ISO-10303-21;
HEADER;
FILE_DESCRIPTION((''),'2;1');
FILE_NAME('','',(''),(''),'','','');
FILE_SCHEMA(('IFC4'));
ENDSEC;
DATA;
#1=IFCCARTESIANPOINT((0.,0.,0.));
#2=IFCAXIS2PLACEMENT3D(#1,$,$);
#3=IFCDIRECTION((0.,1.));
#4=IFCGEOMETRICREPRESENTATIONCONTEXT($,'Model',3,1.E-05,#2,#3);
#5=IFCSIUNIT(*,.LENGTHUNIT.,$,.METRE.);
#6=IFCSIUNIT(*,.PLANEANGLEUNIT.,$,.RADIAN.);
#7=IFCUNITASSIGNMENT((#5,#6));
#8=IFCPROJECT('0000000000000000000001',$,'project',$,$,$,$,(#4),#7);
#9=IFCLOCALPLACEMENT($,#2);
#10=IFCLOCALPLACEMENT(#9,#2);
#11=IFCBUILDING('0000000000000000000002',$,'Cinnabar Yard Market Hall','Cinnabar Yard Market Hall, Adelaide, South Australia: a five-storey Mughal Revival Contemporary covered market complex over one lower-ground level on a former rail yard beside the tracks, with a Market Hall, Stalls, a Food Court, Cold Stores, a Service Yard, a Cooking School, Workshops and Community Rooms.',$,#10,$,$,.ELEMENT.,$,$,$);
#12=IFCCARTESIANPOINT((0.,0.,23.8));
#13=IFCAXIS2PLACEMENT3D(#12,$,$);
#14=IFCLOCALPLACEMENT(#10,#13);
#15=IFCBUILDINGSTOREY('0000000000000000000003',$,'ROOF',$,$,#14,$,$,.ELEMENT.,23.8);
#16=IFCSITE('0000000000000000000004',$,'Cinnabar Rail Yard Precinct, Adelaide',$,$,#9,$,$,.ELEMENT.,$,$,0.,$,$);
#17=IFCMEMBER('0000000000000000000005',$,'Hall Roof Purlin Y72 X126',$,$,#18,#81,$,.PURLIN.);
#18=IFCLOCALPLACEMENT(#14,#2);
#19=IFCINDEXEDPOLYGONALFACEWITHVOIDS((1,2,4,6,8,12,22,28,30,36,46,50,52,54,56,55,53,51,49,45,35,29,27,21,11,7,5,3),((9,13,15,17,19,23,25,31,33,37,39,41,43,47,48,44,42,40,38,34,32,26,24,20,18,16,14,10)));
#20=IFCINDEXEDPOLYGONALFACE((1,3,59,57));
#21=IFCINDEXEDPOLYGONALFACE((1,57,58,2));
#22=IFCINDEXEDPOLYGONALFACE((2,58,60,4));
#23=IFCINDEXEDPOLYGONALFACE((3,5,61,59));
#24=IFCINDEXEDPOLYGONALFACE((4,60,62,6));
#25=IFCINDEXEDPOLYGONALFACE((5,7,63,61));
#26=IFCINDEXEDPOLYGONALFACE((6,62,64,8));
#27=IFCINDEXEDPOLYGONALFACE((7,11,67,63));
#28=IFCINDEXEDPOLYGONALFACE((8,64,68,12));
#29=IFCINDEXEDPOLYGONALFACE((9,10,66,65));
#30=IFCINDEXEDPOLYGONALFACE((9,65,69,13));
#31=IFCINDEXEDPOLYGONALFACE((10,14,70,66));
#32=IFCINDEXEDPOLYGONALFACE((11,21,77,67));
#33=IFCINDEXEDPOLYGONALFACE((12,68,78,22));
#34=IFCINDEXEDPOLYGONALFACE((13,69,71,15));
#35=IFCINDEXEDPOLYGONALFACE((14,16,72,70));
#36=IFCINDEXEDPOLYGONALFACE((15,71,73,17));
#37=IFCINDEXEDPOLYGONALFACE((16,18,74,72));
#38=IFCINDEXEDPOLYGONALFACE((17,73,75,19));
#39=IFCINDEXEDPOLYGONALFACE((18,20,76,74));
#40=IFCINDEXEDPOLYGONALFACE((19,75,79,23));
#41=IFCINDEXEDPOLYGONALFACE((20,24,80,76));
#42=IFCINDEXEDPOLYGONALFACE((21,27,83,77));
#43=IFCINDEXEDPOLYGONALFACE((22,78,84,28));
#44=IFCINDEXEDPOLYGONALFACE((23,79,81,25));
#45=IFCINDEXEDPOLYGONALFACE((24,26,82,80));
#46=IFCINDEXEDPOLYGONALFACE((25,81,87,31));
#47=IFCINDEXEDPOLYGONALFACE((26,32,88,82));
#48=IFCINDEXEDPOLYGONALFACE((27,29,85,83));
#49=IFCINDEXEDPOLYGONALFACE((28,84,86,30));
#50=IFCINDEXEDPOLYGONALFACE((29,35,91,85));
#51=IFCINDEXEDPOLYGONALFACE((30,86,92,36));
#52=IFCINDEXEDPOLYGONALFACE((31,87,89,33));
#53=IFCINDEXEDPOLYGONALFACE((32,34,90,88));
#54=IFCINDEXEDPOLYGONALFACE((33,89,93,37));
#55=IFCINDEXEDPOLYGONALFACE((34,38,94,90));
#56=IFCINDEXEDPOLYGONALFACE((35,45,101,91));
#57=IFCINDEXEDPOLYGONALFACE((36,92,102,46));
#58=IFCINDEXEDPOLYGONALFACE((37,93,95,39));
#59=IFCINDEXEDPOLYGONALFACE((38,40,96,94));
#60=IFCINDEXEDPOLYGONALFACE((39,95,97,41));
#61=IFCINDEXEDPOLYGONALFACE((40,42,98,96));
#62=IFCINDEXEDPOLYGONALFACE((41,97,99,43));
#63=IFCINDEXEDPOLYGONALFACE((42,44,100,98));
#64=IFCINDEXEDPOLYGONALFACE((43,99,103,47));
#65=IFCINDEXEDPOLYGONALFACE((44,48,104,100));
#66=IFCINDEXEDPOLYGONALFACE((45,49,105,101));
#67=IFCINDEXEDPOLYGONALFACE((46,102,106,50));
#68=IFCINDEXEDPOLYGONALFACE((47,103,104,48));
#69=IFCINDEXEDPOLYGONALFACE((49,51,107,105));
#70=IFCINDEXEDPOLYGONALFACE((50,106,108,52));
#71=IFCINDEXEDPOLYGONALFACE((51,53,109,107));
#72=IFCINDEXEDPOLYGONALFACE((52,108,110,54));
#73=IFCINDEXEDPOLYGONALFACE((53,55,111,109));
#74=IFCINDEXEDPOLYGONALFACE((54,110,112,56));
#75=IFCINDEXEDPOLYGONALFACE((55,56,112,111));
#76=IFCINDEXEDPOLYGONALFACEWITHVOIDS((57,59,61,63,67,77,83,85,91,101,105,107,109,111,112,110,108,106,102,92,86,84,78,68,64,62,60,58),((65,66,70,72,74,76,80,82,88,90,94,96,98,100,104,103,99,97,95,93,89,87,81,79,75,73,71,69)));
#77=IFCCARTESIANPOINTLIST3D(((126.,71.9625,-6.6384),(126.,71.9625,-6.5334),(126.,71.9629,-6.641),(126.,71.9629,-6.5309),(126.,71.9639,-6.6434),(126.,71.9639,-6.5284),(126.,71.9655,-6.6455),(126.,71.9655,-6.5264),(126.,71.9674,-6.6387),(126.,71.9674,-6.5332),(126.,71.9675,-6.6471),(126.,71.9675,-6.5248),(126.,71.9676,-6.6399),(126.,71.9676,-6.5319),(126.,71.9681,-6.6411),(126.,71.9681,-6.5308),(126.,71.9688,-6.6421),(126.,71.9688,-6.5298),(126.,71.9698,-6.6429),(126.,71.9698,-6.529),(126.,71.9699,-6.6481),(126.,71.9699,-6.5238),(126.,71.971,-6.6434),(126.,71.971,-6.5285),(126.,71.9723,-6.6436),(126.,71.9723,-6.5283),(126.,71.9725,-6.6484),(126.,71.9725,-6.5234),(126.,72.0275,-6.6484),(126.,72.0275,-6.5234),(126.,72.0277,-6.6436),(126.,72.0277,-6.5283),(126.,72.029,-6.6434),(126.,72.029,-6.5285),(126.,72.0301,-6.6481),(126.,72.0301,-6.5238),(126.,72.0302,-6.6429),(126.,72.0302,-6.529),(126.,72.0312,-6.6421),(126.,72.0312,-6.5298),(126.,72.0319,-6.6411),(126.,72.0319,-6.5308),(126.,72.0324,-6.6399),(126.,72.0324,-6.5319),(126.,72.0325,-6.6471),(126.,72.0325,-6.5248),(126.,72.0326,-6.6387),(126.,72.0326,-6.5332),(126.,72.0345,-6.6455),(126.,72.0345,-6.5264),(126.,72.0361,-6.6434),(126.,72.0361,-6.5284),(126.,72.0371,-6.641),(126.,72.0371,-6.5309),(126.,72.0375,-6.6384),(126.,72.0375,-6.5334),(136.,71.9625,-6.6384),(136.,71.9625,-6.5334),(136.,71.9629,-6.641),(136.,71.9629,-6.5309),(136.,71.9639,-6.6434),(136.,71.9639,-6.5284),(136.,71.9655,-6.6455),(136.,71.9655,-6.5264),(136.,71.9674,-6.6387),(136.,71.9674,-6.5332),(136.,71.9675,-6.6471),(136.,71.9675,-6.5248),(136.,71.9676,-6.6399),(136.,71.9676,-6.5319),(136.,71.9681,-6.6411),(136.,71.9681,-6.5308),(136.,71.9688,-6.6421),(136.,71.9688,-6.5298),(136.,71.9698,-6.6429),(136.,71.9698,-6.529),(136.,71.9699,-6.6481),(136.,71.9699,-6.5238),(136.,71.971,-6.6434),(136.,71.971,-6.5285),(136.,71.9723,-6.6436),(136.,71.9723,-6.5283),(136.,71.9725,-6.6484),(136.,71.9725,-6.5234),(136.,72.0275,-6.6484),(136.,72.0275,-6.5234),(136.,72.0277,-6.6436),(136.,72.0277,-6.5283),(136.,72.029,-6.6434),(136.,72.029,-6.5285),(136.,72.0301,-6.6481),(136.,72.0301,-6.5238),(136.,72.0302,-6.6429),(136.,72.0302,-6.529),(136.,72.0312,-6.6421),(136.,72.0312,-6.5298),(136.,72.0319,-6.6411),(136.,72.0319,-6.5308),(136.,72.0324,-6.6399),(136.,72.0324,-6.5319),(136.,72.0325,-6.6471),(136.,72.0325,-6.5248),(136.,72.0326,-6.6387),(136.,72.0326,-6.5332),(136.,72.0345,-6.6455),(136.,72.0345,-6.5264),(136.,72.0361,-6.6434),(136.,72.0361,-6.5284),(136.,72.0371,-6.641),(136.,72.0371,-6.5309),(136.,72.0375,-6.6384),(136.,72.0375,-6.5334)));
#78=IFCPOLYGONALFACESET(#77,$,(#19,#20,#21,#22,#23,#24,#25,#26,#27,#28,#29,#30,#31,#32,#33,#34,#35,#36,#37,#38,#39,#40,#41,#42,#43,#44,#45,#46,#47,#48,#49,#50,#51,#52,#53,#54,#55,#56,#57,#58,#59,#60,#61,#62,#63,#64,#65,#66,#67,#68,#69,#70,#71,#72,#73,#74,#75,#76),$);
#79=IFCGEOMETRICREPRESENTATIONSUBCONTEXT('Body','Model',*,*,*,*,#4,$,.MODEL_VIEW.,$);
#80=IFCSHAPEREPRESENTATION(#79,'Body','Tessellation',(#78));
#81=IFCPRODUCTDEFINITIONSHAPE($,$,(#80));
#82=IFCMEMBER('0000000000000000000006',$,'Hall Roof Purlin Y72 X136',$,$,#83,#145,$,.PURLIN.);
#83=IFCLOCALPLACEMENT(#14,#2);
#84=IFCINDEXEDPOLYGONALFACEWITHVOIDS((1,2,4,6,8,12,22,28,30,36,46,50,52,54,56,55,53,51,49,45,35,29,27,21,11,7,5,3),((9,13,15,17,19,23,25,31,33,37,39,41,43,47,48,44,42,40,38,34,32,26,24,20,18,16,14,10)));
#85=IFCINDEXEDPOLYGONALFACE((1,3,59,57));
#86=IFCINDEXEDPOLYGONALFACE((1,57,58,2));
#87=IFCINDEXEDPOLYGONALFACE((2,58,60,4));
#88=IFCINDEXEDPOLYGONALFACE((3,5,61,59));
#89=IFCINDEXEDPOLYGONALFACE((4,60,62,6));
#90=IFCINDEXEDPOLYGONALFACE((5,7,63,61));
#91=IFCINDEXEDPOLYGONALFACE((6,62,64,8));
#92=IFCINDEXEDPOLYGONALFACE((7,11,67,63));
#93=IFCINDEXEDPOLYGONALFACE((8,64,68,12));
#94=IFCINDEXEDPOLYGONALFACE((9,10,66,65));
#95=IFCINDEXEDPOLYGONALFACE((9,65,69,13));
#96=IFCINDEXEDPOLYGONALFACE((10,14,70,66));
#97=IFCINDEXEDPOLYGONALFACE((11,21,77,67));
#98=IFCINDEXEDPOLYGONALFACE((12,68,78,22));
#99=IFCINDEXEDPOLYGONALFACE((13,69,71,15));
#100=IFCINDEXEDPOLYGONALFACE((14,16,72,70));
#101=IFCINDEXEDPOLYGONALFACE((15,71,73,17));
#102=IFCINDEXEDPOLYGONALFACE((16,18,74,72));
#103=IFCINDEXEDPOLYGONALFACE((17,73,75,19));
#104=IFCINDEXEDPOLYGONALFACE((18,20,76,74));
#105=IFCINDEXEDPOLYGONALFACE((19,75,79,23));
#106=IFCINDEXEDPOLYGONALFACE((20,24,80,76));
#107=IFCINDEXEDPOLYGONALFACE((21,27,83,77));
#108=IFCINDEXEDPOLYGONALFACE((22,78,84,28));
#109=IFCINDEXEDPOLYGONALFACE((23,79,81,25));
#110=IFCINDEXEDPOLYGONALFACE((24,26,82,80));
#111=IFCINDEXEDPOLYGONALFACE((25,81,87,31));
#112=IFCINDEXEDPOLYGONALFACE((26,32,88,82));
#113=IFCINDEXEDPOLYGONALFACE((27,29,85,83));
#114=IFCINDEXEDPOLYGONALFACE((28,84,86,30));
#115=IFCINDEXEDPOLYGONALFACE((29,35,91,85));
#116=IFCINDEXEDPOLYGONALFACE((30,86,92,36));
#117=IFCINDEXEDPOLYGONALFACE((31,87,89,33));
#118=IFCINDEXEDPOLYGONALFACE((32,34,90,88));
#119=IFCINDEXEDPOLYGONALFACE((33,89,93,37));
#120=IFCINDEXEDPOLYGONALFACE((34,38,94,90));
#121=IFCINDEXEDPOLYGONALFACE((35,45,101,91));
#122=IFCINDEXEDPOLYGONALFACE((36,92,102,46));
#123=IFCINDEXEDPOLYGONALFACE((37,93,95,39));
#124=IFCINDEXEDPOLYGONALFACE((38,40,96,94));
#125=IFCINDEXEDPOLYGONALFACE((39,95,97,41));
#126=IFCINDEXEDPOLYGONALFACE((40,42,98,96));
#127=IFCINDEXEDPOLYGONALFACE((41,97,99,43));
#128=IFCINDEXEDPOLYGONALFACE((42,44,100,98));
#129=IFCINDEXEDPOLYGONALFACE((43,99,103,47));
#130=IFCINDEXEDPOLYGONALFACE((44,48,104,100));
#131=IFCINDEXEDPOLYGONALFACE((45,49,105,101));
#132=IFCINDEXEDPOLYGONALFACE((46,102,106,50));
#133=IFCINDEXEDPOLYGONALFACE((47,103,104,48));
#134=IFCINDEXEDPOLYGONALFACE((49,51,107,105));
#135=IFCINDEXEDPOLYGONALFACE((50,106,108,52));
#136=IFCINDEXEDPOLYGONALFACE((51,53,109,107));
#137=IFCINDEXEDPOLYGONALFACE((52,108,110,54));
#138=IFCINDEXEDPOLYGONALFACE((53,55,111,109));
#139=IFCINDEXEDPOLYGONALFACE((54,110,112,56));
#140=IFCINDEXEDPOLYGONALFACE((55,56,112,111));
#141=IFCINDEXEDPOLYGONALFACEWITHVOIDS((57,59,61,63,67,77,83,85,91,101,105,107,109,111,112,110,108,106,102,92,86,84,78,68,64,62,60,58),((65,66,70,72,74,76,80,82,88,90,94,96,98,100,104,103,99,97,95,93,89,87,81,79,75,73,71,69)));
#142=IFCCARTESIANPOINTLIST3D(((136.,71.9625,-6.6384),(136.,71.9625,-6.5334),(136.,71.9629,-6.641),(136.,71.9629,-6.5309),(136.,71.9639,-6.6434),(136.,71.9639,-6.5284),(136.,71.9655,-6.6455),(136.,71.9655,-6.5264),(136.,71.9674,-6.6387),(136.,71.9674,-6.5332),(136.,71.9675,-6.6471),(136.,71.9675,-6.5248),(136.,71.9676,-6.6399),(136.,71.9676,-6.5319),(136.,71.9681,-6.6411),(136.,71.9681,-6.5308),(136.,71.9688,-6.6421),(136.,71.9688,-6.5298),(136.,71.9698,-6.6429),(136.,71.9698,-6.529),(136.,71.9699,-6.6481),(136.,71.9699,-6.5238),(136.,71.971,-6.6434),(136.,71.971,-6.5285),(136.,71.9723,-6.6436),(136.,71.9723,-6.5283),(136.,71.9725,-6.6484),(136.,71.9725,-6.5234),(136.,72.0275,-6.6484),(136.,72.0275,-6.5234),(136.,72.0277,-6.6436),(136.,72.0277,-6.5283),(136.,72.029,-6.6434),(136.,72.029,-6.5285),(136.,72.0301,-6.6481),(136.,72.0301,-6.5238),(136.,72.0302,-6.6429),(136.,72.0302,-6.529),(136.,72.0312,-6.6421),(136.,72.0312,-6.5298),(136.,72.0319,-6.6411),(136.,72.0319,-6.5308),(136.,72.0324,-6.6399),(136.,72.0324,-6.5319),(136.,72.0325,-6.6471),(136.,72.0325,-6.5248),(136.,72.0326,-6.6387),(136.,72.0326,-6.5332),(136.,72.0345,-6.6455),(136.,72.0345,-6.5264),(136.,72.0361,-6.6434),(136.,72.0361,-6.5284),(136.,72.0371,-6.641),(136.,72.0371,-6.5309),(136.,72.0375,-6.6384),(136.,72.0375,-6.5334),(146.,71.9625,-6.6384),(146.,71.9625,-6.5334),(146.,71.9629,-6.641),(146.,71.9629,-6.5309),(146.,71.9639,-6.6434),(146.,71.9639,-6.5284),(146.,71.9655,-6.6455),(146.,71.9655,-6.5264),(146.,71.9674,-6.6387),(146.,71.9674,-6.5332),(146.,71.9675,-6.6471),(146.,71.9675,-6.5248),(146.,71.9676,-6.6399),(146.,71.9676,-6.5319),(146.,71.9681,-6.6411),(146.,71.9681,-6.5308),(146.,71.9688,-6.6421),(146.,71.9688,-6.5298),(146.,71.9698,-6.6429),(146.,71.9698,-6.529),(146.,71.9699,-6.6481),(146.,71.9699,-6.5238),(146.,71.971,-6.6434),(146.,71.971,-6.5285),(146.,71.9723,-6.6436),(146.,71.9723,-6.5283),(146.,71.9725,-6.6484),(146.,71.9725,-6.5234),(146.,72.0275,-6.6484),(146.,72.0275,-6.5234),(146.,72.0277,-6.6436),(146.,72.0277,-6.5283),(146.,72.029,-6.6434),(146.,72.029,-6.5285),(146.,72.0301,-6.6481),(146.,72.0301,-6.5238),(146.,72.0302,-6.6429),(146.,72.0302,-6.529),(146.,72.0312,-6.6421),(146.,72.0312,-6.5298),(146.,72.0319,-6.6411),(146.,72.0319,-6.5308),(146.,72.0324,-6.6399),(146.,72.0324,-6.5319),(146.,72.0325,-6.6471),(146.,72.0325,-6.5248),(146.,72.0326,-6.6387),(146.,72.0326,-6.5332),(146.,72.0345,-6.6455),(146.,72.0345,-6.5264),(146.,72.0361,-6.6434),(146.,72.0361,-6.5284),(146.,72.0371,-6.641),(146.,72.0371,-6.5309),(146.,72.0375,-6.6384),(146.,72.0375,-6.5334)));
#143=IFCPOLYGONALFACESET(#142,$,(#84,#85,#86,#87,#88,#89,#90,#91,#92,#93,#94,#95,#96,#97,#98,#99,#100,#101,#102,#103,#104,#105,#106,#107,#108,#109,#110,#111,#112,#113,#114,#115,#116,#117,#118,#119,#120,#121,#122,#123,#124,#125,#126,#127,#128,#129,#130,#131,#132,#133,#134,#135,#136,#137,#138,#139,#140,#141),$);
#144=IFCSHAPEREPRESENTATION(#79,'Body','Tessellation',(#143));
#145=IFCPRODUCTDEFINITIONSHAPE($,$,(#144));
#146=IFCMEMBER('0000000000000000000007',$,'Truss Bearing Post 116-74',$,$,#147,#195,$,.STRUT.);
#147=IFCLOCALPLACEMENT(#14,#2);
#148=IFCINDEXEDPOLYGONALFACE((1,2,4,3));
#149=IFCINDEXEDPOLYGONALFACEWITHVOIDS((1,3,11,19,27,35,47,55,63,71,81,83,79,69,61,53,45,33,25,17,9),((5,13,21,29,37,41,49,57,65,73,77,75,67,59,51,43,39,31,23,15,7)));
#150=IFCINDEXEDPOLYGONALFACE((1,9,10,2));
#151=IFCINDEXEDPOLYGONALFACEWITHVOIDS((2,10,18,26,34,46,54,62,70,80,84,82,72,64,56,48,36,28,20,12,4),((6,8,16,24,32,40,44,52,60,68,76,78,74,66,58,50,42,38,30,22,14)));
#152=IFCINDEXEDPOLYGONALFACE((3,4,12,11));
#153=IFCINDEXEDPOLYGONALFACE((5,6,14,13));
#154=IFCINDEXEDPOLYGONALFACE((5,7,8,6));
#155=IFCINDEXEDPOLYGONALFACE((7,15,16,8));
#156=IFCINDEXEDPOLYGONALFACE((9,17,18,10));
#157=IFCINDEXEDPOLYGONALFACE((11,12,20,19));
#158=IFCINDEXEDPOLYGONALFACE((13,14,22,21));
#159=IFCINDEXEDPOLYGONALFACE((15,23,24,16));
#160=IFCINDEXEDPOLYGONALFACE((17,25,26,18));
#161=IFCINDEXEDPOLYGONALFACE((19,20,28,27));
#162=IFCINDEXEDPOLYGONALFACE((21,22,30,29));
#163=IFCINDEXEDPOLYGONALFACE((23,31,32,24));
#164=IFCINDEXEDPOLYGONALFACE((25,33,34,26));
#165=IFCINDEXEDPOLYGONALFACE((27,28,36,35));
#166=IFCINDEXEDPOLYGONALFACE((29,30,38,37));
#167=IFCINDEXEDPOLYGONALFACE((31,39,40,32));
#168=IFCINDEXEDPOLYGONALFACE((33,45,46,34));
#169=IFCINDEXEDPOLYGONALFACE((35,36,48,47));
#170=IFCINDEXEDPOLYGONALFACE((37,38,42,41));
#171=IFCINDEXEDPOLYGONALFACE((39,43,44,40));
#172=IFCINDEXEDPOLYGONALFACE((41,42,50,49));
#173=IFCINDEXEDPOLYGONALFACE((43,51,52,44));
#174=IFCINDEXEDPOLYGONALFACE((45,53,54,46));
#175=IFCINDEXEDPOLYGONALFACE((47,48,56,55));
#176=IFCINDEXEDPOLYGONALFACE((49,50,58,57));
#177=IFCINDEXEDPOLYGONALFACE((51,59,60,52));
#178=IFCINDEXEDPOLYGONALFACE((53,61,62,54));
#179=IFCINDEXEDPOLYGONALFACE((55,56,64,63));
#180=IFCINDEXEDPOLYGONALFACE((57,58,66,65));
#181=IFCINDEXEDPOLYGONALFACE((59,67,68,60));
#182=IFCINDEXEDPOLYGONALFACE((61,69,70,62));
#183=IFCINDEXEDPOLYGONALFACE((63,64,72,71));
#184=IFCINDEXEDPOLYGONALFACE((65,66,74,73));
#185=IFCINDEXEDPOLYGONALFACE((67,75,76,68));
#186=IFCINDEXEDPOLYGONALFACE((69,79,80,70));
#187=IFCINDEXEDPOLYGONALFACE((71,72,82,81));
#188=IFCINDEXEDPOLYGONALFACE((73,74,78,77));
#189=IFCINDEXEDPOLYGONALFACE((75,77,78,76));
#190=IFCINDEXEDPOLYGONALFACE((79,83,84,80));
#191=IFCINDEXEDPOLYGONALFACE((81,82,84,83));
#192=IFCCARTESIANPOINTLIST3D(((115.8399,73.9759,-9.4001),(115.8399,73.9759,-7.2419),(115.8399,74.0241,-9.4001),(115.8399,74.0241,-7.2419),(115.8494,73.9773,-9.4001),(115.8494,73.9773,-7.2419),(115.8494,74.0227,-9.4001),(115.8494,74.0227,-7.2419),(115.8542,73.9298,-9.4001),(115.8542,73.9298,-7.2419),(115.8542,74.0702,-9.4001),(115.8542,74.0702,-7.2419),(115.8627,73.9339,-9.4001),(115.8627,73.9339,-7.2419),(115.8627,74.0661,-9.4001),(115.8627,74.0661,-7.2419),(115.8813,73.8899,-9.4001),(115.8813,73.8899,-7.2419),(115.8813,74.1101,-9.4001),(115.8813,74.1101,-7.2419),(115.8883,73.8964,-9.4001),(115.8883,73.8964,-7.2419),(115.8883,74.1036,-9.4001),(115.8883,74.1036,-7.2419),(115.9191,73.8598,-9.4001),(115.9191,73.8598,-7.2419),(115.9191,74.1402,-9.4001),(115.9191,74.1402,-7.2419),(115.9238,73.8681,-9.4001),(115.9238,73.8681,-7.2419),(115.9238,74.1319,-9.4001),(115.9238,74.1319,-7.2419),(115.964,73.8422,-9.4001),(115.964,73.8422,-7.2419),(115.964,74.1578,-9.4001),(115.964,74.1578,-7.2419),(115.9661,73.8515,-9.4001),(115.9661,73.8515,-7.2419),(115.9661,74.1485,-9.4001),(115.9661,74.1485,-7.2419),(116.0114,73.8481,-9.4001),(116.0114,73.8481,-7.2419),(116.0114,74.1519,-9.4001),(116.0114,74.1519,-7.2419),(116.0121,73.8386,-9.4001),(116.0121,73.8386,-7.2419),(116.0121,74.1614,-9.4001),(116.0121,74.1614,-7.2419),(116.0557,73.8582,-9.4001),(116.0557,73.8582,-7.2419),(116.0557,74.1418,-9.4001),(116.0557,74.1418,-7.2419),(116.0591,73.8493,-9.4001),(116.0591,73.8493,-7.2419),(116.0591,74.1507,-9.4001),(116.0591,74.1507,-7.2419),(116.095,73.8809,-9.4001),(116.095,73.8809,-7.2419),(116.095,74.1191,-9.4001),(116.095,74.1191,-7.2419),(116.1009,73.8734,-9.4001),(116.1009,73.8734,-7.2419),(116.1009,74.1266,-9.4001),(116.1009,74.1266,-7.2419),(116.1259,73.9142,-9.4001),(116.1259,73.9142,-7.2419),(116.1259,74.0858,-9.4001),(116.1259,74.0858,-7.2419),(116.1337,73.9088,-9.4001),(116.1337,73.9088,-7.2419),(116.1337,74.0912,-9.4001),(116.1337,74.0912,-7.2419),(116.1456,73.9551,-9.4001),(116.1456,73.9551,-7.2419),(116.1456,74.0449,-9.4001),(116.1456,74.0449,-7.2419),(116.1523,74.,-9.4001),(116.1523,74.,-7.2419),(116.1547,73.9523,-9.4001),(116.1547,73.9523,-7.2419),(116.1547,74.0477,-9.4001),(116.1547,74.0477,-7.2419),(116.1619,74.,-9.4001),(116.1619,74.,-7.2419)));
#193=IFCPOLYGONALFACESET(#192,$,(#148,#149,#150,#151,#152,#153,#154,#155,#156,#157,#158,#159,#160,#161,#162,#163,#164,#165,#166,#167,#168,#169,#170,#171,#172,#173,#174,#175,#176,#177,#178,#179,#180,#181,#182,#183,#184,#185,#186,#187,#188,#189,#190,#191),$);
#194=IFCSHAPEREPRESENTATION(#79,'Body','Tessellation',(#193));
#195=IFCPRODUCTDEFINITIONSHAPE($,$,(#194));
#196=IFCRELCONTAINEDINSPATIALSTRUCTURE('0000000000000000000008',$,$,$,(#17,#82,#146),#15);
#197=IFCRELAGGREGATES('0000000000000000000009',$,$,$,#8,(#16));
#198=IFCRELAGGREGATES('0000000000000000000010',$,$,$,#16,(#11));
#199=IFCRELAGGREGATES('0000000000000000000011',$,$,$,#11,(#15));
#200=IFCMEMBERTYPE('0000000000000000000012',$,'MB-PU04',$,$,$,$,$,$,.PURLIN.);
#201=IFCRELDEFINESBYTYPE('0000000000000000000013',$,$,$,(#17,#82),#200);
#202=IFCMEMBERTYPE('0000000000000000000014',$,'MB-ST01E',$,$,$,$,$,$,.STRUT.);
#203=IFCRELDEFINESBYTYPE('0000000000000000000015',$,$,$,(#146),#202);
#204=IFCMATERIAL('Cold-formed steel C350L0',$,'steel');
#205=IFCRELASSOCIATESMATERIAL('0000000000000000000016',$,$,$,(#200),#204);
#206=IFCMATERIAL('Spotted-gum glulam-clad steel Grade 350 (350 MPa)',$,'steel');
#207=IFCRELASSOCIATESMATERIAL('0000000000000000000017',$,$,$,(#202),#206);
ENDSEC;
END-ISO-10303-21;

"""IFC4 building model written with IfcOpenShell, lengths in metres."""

from ifc_helpers import new_model, si_unit, direction, frame, origin, origin_2d_with_axis, place, context, subcontext, project, spatial, hollow_rectangle, hollow_circle, extrude, material, material_profile, profile_set, type_object, element, save


model = new_model("IFC4")

# Units and contexts
model_context = context("Model", 3, precision=1e-05, world=origin(), true_north=direction((0.0, 1.0)))
body_context = subcontext(model_context, "Body", "Model", "MODEL_VIEW")
ifc_project = project(units=[si_unit("LENGTHUNIT", "METRE"), si_unit("PLANEANGLEUNIT", "RADIAN")], contexts=[model_context])

# Site, building, storey
site_placement = place(None, origin())
site = spatial("IfcSite", under=ifc_project, at=site_placement, Name="Cinnabar Rail Yard Precinct, Adelaide", CompositionType="ELEMENT", RefElevation=0.0)
building_placement = place(site_placement, origin())
building = spatial("IfcBuilding", under=site, at=building_placement, Name="Cinnabar Yard Market Hall", Description="Cinnabar Yard Market Hall, Adelaide, South Australia: a five-storey Mughal Revival Contemporary covered market complex over one lower-ground level on a former rail yard beside the tracks, with a Market Hall, Stalls, a Food Court, Cold Stores, a Service Yard, a Cooking School, Workshops and Community Rooms.", CompositionType="ELEMENT")
storey_placement = place(building_placement, frame((0.0, 0.0, 23.8)))
storey = spatial("IfcBuildingStorey", under=building, at=storey_placement, Name="ROOF", CompositionType="ELEMENT", Elevation=23.8)

# Shared definitions
ifc_material_1 = material(Name="Cold-formed steel C350L0", Category="steel")

# Members
ifc_material_profile_1 = material_profile(ifc_material_1, hollow_rectangle(XDim=0.075, YDim=0.125, WallThickness=0.0049, InnerFilletRadius=0.0049, OuterFilletRadius=0.01, at=origin_2d_with_axis()), Name="125x75x5.0RHS")
ifc_profile_set_1 = profile_set([ifc_material_profile_1], Name="Cold-formed steel C350L0")
member_type_1 = type_object("IfcMemberType", Name="MB-PU04", PredefinedType="PURLIN", material=ifc_profile_set_1)
for number, where, z_axis, x_axis, name in (
    (1, (126.0, 72.0, -6.5859), (1.0, 0.0, 0.0), (0.0, 1.0, 0.0), "Hall Roof Purlin Y72 X126"),
    (2, (136.0, 72.0, -6.5859), (1.0, 0.0, 0.0), (0.0, 1.0, 0.0), "Hall Roof Purlin Y72 X136"),
):
    element("IfcMember", number, at=place(storey_placement, frame(where, z_axis=z_axis, x_axis=x_axis)), inside=storey, type_object=member_type_1, Name=name, PredefinedType="PURLIN", context=body_context, shape_type="SweptSolid", body=[
        extrude(hollow_rectangle(XDim=0.075, YDim=0.125, WallThickness=0.0049, InnerFilletRadius=0.0049, OuterFilletRadius=0.01, at=origin_2d_with_axis()), origin(), (0.0, 0.0, 1.0), 10.0),
    ])
ifc_material_2 = material(Name="Spotted-gum glulam-clad steel Grade 350 (350 MPa)", Category="steel")
ifc_material_profile_2 = material_profile(ifc_material_2, hollow_circle(Radius=0.1619, WallThickness=0.0095, at=origin_2d_with_axis()), Name="323.9x9.5CHS")
ifc_profile_set_2 = profile_set([ifc_material_profile_2], Name="Spotted-gum glulam-clad steel Grade 350 (350 MPa)")
member_type_2 = type_object("IfcMemberType", Name="MB-ST01E", PredefinedType="STRUT", material=ifc_profile_set_2)
for number, where, z_axis, x_axis, name in (
    (3, (116.0, 74.0, -9.4001), (0.0, 0.0, 1.0), (1.0, 0.0, 0.0), "Truss Bearing Post 116-74"),
):
    element("IfcMember", number, at=place(storey_placement, frame(where, z_axis=z_axis, x_axis=x_axis)), inside=storey, type_object=member_type_2, Name=name, PredefinedType="STRUT", context=body_context, shape_type="SweptSolid", body=[
        extrude(hollow_circle(Radius=0.1619, WallThickness=0.0095, at=origin_2d_with_axis()), origin(), (0.0, 0.0, 1.0), 2.1582),
    ])

save(model, "model.ifc")
